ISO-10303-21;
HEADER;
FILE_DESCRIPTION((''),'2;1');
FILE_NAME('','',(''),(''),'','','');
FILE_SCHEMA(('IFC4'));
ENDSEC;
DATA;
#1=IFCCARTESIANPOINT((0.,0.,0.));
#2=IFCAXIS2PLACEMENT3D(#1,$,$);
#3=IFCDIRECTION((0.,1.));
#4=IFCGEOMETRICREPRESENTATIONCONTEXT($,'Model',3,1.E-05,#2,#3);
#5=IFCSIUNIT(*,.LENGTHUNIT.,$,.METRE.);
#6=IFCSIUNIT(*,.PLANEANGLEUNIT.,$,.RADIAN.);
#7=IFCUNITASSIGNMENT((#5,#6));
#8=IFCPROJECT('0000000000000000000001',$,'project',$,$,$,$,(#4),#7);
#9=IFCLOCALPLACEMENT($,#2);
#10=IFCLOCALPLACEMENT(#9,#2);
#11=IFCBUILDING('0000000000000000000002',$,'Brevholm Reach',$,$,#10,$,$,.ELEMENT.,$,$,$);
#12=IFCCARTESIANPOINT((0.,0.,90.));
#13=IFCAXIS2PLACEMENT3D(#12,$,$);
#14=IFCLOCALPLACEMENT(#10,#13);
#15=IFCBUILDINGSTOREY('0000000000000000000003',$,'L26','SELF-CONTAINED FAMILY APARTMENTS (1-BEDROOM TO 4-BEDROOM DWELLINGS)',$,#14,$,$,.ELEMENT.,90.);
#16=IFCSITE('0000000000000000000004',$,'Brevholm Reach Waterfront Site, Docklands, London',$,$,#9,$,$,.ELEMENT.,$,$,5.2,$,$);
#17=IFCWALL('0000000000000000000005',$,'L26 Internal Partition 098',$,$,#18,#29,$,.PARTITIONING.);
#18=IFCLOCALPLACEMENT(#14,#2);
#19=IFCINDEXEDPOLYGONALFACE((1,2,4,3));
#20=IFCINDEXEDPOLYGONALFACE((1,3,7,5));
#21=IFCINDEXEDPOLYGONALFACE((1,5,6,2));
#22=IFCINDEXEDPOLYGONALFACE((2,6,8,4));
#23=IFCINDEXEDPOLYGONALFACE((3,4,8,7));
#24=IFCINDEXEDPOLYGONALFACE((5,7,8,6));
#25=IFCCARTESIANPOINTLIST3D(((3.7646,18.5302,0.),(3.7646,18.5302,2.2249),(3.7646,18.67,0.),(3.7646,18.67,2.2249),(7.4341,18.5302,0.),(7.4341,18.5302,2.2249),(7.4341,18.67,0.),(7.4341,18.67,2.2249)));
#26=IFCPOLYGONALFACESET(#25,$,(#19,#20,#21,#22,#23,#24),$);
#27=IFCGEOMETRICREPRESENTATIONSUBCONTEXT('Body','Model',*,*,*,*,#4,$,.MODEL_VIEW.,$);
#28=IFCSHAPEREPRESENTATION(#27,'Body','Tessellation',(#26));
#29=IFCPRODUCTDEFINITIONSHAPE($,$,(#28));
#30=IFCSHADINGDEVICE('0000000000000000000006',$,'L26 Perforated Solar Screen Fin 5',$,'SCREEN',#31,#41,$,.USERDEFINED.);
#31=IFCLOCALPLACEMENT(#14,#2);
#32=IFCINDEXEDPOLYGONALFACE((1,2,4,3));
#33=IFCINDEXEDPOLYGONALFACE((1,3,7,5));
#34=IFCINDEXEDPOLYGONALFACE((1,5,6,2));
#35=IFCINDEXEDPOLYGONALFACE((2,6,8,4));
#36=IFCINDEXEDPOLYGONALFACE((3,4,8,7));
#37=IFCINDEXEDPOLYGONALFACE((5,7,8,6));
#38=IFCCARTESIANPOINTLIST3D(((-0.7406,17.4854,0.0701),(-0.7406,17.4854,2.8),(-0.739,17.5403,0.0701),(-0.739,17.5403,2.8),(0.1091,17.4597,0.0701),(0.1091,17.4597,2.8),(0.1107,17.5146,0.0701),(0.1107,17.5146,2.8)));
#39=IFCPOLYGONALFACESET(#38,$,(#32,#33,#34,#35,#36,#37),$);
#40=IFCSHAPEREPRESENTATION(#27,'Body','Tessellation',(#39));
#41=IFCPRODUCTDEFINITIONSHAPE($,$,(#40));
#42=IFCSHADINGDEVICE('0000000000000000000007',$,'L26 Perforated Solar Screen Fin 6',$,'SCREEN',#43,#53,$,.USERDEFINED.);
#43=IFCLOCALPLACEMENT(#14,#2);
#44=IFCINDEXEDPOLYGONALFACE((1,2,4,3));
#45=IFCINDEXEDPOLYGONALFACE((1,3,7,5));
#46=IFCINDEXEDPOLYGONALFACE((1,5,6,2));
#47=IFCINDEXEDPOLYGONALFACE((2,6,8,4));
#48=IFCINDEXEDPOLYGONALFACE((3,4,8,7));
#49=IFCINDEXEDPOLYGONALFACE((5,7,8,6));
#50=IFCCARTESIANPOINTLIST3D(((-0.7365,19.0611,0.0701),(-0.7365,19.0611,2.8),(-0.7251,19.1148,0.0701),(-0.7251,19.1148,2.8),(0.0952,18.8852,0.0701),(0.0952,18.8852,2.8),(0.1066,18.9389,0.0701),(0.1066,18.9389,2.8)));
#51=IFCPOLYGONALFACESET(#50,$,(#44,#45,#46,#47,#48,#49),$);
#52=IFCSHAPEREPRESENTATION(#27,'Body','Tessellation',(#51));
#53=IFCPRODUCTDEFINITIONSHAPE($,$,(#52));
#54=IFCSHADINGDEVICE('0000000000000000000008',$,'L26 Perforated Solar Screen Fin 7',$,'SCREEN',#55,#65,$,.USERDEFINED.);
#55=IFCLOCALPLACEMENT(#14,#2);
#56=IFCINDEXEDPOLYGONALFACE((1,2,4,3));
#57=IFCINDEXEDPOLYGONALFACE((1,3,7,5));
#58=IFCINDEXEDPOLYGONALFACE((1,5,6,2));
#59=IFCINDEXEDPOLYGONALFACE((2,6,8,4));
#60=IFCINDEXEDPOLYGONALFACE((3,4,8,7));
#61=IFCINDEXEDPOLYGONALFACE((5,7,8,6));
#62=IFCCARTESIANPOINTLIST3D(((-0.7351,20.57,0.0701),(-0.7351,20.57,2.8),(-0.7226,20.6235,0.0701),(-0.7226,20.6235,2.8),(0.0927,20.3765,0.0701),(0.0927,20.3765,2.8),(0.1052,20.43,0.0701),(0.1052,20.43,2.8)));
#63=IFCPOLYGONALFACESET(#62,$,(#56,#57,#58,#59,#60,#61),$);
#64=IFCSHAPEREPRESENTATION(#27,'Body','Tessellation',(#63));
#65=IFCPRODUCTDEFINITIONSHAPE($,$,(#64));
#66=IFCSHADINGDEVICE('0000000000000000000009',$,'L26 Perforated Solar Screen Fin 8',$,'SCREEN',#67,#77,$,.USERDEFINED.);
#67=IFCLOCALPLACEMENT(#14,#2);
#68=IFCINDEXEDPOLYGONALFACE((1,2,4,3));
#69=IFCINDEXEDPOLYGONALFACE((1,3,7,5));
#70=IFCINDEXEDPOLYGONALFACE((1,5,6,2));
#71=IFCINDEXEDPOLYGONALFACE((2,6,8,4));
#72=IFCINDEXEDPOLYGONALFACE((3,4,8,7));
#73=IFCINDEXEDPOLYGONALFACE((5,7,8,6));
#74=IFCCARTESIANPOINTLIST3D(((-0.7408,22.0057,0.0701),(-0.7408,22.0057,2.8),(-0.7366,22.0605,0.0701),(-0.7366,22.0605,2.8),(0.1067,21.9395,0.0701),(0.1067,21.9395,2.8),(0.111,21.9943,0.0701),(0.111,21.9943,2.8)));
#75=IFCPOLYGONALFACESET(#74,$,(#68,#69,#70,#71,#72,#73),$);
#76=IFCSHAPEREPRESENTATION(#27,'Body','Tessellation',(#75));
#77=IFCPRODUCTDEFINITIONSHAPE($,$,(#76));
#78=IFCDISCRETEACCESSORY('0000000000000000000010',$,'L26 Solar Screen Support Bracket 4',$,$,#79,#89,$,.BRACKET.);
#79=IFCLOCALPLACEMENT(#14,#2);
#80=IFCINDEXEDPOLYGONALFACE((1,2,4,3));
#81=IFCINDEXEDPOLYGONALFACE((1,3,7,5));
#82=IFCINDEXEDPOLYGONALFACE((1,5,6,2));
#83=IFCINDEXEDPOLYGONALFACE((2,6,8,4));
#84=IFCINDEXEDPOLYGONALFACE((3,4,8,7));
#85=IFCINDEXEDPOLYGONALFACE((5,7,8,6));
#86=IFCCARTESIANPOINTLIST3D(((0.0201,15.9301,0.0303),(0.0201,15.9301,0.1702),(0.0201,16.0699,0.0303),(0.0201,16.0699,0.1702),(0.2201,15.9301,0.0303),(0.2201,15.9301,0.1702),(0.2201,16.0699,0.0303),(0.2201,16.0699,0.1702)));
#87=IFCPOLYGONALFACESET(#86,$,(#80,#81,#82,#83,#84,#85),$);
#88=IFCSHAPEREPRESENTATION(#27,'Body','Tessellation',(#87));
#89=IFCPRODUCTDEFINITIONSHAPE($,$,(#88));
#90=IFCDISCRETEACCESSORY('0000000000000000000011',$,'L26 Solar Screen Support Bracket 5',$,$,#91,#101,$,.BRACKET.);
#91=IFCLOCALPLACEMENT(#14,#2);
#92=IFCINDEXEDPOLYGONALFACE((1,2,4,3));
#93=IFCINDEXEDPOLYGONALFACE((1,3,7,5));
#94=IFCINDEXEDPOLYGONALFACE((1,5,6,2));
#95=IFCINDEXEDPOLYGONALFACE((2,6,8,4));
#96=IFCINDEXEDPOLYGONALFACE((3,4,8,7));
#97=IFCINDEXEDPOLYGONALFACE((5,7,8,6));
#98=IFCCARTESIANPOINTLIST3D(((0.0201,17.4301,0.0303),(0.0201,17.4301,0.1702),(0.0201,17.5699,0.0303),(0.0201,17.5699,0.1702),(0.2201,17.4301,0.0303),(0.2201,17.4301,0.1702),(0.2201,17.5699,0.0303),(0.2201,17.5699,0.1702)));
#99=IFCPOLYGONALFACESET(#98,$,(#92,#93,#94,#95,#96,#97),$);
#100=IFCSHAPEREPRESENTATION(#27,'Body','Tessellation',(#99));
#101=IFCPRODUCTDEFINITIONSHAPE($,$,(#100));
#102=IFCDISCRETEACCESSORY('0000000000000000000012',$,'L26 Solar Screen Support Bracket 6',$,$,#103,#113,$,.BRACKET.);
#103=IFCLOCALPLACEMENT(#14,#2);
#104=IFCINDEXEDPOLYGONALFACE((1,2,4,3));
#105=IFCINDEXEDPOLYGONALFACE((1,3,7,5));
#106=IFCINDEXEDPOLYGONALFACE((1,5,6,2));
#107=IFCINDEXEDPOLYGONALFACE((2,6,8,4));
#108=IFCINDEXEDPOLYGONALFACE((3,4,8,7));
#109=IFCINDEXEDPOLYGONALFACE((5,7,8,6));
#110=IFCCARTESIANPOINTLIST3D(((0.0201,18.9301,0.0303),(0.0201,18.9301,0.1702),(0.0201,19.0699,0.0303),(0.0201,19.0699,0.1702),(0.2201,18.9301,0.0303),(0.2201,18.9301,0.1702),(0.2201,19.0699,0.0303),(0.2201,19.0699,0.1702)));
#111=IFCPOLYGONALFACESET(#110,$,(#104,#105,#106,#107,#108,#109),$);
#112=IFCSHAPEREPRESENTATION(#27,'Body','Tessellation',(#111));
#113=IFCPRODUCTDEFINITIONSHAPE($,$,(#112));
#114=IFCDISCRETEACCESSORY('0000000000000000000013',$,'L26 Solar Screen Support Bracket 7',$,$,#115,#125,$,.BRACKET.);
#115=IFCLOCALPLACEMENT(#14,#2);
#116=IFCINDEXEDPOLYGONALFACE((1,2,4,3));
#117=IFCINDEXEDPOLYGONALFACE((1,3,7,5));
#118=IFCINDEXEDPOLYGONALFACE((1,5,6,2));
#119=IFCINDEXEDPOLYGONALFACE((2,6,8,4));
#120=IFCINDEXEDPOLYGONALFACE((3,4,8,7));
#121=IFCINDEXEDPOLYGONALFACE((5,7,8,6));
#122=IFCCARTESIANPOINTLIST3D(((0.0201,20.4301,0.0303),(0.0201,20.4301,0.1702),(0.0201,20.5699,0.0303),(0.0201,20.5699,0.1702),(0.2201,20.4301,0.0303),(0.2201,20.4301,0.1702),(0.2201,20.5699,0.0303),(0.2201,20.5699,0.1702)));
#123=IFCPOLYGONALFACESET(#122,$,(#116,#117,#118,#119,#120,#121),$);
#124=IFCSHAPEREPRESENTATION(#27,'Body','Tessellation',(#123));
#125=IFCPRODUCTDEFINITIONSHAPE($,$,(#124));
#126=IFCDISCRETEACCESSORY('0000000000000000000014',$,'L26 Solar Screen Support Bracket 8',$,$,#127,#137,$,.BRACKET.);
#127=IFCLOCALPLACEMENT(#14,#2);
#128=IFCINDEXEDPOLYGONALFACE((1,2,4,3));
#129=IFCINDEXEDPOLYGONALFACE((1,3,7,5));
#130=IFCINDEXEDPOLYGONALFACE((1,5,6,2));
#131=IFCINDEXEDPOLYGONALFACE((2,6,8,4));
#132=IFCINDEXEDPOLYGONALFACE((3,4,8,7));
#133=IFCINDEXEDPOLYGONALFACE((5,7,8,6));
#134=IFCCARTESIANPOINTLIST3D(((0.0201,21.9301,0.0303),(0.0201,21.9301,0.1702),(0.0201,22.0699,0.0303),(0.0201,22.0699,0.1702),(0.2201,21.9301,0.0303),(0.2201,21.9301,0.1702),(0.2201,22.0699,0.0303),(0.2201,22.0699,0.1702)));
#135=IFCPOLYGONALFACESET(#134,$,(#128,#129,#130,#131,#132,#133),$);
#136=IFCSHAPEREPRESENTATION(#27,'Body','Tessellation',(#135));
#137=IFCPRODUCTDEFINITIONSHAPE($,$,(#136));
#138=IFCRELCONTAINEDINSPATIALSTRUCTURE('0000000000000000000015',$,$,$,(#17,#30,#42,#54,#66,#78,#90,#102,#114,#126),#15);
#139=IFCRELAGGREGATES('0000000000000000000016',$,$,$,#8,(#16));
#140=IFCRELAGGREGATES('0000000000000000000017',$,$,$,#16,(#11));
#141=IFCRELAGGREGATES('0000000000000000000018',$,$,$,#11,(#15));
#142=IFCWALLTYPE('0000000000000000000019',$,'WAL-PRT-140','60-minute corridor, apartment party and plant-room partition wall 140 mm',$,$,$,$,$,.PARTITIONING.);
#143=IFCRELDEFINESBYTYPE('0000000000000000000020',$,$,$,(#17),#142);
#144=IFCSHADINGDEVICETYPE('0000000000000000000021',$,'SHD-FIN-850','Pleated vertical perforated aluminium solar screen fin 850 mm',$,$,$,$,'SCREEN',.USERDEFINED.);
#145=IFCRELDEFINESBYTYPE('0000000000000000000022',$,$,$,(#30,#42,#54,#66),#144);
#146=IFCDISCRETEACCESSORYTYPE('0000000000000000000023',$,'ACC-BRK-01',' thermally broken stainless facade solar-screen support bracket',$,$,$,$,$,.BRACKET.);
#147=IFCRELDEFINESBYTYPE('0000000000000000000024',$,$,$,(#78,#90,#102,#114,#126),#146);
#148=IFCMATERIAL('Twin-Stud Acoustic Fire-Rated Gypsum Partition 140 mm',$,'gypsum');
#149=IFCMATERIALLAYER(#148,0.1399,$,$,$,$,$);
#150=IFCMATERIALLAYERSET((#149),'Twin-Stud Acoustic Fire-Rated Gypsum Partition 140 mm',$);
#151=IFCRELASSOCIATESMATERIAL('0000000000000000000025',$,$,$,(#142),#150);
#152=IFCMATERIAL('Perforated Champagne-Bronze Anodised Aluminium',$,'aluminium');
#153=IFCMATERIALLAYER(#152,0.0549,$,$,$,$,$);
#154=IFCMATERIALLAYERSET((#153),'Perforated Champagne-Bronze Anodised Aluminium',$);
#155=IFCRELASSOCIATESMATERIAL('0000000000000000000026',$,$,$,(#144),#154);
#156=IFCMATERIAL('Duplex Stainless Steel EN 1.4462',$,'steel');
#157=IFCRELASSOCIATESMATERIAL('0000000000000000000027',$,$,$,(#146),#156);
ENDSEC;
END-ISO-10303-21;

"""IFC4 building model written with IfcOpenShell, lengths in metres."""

from ifc_helpers import new_model, si_unit, direction, frame, frame_2d, origin, origin_2d, place, context, subcontext, project, spatial, rectangle, extrude, material, layer, layer_set, type_object, element, save


model = new_model("IFC4")

# Units and contexts
model_context = context("Model", 3, precision=1e-05, world=origin(), true_north=direction((0.0, 1.0)))
body_context = subcontext(model_context, "Body", "Model", "MODEL_VIEW")
ifc_project = project(units=[si_unit("LENGTHUNIT", "METRE"), si_unit("PLANEANGLEUNIT", "RADIAN")], contexts=[model_context])

# Site, building, storey
site_placement = place(None, origin())
site = spatial("IfcSite", under=ifc_project, at=site_placement, Name="Brevholm Reach Waterfront Site, Docklands, London", CompositionType="ELEMENT", RefElevation=5.2)
building_placement = place(site_placement, origin())
building = spatial("IfcBuilding", under=site, at=building_placement, Name="Brevholm Reach", CompositionType="ELEMENT")
storey_placement = place(building_placement, frame((0.0, 0.0, 90.0)))
storey = spatial("IfcBuildingStorey", under=building, at=storey_placement, Name="L26", Description="SELF-CONTAINED FAMILY APARTMENTS (1-BEDROOM TO 4-BEDROOM DWELLINGS)", CompositionType="ELEMENT", Elevation=90.0)

# Wall
ifc_material_1 = material(Name="Twin-Stud Acoustic Fire-Rated Gypsum Partition 140 mm", Category="gypsum")
ifc_layer_1 = layer(ifc_material_1, 0.1399)
ifc_layer_set_1 = layer_set([ifc_layer_1], Name="Twin-Stud Acoustic Fire-Rated Gypsum Partition 140 mm")
wall_type_1 = type_object("IfcWallType", Name="WAL-PRT-140", Description="60-minute corridor, apartment party and plant-room partition wall 140 mm", PredefinedType="PARTITIONING", material=ifc_layer_set_1)
wall_1_placement = place(storey_placement, frame((3.7646, 18.6001, 0.0), z_axis=(0.0, 0.0, 1.0), x_axis=(1.0, 0.0, 0.0)))
element("IfcWall", 1, at=wall_1_placement, inside=storey, type_object=wall_type_1, Name="L26 Internal Partition 098", PredefinedType="PARTITIONING", context=body_context, shape_type="SweptSolid", body=[
    extrude(rectangle(XDim=3.6694, YDim=0.1399, at=frame_2d((1.8347, 0.0))), origin(), (0.0, 0.0, 1.0), 2.2249),
])

# Shading devices
ifc_material_2 = material(Name="Perforated Champagne-Bronze Anodised Aluminium", Category="aluminium")
ifc_layer_2 = layer(ifc_material_2, 0.0549)
ifc_layer_set_2 = layer_set([ifc_layer_2], Name="Perforated Champagne-Bronze Anodised Aluminium")
shading_device_type = type_object("IfcShadingDeviceType", Name="SHD-FIN-850", Description="Pleated vertical perforated aluminium solar screen fin 850 mm", ElementType="SCREEN", PredefinedType="USERDEFINED", material=ifc_layer_set_2)
for number, where, z_axis, x_axis, name in (
    (2, (-0.3149, 17.5, 0.0701), (0.0, 0.0, 1.0), (-0.999543, 0.030224, 0.0), "L26 Perforated Solar Screen Fin 5"),
    (3, (-0.3149, 19.0, 0.0701), (0.0, 0.0, 1.0), (-0.978361, 0.206904, 0.0), "L26 Perforated Solar Screen Fin 6"),
    (4, (-0.3149, 20.5, 0.0701), (0.0, 0.0, 1.0), (-0.973742, 0.227654, 0.0), "L26 Perforated Solar Screen Fin 7"),
    (5, (-0.3149, 22.0, 0.0701), (0.0, 0.0, 1.0), (-0.996962, 0.077885, 0.0), "L26 Perforated Solar Screen Fin 8"),
):
    element("IfcShadingDevice", number, at=place(storey_placement, frame(where, z_axis=z_axis, x_axis=x_axis)), inside=storey, type_object=shading_device_type, Name=name, ObjectType="SCREEN", PredefinedType="USERDEFINED", context=body_context, shape_type="SweptSolid", body=[
        extrude(rectangle(XDim=0.8501, YDim=0.0549, at=origin_2d()), origin(), (0.0, 0.0, 1.0), 2.73),
    ])

# Discrete accessories
ifc_material_3 = material(Name="Duplex Stainless Steel EN 1.4462", Category="steel")
discrete_accessory_type = type_object("IfcDiscreteAccessoryType", Name="ACC-BRK-01", Description=" thermally broken stainless facade solar-screen support bracket", PredefinedType="BRACKET", material=ifc_material_3)
for number, where, z_axis, x_axis, name in (
    (6, (0.1201, 16.0, 0.0303), (0.0, 0.0, 1.0), (-1.0, 0.0, 0.0), "L26 Solar Screen Support Bracket 4"),
    (7, (0.1201, 17.5, 0.0303), (0.0, 0.0, 1.0), (-1.0, 0.0, 0.0), "L26 Solar Screen Support Bracket 5"),
    (8, (0.1201, 19.0, 0.0303), (0.0, 0.0, 1.0), (-1.0, 0.0, 0.0), "L26 Solar Screen Support Bracket 6"),
    (9, (0.1201, 20.5, 0.0303), (0.0, 0.0, 1.0), (-1.0, 0.0, 0.0), "L26 Solar Screen Support Bracket 7"),
    (10, (0.1201, 22.0, 0.0303), (0.0, 0.0, 1.0), (-1.0, 0.0, 0.0), "L26 Solar Screen Support Bracket 8"),
):
    element("IfcDiscreteAccessory", number, at=place(storey_placement, frame(where, z_axis=z_axis, x_axis=x_axis)), inside=storey, type_object=discrete_accessory_type, Name=name, PredefinedType="BRACKET", context=body_context, shape_type="SweptSolid", body=[
        extrude(rectangle(XDim=0.2, YDim=0.1399, at=origin_2d()), origin(), (0.0, 0.0, 1.0), 0.1399),
    ])

save(model, "model.ifc")
